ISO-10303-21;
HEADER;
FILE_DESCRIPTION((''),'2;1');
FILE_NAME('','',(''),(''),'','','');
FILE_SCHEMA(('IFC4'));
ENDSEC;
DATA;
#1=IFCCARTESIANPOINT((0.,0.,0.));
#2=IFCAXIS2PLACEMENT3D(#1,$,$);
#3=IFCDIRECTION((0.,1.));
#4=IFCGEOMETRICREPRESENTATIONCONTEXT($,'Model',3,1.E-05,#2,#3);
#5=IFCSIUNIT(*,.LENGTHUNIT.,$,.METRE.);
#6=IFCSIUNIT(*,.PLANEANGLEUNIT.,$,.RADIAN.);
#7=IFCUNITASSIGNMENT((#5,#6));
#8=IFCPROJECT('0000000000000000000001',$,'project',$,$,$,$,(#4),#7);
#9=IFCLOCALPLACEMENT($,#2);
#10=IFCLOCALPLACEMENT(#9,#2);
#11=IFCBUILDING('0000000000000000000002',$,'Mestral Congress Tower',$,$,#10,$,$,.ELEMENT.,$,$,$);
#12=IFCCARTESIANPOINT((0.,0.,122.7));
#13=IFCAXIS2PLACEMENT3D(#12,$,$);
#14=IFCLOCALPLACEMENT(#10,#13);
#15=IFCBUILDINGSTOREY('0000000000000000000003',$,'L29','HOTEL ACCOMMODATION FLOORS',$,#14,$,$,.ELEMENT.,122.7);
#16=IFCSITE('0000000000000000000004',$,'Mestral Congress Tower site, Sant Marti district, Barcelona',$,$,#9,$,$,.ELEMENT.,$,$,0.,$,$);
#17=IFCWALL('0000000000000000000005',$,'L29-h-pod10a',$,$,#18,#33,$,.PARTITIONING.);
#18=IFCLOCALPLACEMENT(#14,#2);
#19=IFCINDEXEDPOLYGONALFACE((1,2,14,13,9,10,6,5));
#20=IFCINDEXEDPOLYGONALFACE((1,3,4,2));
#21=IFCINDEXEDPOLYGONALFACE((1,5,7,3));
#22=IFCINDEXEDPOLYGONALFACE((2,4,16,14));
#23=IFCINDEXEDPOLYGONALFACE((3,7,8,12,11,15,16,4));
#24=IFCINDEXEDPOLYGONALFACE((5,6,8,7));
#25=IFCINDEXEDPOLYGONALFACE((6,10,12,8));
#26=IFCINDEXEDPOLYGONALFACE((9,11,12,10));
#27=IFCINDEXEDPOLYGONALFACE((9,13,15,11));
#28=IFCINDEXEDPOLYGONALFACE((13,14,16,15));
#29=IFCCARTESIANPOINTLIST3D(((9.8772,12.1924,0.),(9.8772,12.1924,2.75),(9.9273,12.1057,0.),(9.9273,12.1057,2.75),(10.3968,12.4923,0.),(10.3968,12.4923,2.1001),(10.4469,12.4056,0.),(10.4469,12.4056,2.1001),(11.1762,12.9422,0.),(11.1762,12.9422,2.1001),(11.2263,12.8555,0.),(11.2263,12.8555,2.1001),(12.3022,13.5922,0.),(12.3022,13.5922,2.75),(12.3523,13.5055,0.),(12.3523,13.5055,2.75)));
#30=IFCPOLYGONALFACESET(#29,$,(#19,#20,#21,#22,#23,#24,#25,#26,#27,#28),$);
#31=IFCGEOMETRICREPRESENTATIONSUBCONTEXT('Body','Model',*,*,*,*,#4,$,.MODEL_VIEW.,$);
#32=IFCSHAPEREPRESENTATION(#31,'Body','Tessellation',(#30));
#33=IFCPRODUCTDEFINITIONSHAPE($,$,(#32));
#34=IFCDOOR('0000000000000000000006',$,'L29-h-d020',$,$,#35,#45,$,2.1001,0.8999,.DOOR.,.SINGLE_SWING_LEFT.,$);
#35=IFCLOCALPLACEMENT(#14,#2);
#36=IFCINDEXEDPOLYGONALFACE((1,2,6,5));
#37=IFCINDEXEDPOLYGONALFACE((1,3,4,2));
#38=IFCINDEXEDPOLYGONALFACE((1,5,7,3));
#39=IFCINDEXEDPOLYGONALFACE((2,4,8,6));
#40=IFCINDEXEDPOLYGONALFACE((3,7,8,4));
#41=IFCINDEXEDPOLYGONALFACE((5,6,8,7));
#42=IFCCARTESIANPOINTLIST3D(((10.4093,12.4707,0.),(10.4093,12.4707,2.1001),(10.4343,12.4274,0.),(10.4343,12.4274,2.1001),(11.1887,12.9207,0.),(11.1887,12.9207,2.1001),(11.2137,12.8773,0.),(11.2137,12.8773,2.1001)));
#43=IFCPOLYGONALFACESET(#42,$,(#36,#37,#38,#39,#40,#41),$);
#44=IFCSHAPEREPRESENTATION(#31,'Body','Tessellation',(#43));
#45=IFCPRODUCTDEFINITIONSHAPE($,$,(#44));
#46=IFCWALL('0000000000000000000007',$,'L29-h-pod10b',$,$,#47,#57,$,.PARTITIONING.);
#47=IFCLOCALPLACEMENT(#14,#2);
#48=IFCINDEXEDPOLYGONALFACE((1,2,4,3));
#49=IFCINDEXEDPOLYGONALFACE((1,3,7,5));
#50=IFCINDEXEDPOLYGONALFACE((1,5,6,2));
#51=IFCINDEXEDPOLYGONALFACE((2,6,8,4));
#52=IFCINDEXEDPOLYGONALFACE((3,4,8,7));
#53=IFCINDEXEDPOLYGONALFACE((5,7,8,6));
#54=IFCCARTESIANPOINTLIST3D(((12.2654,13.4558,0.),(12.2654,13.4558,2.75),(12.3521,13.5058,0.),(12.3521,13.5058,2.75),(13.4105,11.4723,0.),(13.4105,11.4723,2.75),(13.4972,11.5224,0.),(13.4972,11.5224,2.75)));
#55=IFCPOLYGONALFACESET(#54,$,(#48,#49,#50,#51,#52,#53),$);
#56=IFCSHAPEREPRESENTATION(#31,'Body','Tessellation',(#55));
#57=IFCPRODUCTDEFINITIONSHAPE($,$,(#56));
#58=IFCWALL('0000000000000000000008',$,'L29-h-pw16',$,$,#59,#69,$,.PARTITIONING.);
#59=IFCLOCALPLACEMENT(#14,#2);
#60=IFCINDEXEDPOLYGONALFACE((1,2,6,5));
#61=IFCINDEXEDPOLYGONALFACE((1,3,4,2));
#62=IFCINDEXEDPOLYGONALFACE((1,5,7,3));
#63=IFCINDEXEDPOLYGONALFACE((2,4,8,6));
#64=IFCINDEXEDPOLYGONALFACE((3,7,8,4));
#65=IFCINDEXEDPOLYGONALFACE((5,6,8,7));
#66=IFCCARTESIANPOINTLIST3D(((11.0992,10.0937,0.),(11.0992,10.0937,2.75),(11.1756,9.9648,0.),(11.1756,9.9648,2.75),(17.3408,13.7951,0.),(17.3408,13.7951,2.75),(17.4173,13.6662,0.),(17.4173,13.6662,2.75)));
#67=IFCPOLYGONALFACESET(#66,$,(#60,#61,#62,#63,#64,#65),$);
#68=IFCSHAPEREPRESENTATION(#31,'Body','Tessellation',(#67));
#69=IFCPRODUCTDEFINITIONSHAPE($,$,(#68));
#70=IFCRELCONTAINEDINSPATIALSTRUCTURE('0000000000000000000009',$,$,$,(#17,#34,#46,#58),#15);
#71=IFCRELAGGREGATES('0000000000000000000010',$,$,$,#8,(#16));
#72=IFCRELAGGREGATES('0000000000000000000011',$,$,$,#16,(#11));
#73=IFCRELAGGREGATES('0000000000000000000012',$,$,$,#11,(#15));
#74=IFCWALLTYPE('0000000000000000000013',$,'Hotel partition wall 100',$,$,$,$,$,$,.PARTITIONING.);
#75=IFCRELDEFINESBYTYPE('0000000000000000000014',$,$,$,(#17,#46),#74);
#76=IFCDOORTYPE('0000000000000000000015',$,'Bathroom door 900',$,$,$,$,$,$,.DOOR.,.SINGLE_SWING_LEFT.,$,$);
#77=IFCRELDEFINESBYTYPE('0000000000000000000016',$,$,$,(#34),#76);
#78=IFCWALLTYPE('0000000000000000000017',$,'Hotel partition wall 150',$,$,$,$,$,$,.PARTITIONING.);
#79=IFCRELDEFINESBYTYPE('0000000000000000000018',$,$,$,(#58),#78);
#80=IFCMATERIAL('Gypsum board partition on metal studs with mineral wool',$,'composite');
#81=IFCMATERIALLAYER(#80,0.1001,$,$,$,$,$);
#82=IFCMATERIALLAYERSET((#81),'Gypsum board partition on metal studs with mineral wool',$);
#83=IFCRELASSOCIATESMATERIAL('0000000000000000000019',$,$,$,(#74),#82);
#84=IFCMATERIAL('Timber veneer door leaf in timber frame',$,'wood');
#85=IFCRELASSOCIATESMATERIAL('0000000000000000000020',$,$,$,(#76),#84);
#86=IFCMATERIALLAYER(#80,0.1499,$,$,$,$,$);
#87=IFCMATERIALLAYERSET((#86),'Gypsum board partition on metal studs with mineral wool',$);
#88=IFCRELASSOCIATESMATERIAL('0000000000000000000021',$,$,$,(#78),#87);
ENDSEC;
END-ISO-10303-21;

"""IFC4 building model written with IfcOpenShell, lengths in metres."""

from ifc_helpers import new_model, si_unit, direction, frame, frame_2d, origin, place, context, subcontext, project, spatial, rectangle, extrude, material, layer, layer_set, type_object, element, fill, save


model = new_model("IFC4")

# Units and contexts
model_context = context("Model", 3, precision=1e-05, world=origin(), true_north=direction((0.0, 1.0)))
body_context = subcontext(model_context, "Body", "Model", "MODEL_VIEW")
ifc_project = project(units=[si_unit("LENGTHUNIT", "METRE"), si_unit("PLANEANGLEUNIT", "RADIAN")], contexts=[model_context])

# Site, building, storey
site_placement = place(None, origin())
site = spatial("IfcSite", under=ifc_project, at=site_placement, Name="Mestral Congress Tower site, Sant Marti district, Barcelona", CompositionType="ELEMENT", RefElevation=0.0)
building_placement = place(site_placement, origin())
building = spatial("IfcBuilding", under=site, at=building_placement, Name="Mestral Congress Tower", CompositionType="ELEMENT")
storey_placement = place(building_placement, frame((0.0, 0.0, 122.7)))
storey = spatial("IfcBuildingStorey", under=building, at=storey_placement, Name="L29", Description="HOTEL ACCOMMODATION FLOORS", CompositionType="ELEMENT", Elevation=122.7)

# Shared definitions
ifc_material_1 = material(Name="Gypsum board partition on metal studs with mineral wool", Category="composite")
ifc_layer_1 = layer(ifc_material_1, 0.1001)
ifc_layer_set_1 = layer_set([ifc_layer_1], Name="Gypsum board partition on metal studs with mineral wool")
wall_type_1 = type_object("IfcWallType", Name="Hotel partition wall 100", PredefinedType="PARTITIONING", material=ifc_layer_set_1)

# Wall, opening, door
wall_1_placement = place(storey_placement, frame((12.3271, 13.5488, 0.0), z_axis=(0.0, 0.0, 1.0), x_axis=(-0.866056, -0.499946, 0.0)))
wall_1 = element("IfcWall", 1, at=wall_1_placement, inside=storey, type_object=wall_type_1, Name="L29-h-pod10a", PredefinedType="PARTITIONING", context=body_context, shape_type="SweptSolid", body=[
    extrude(rectangle(XDim=2.8, YDim=0.1001, at=frame_2d((1.3999, 0.0))), origin(), (0.0, 0.0, 1.0), 2.75),
])
opening_1_placement = place(wall_1_placement, frame((1.3, 0.0, 0.0)))
opening_1 = element("IfcOpeningElement", 2, at=opening_1_placement, cuts=wall_1, PredefinedType="OPENING", context=body_context, shape_type="SweptSolid", body=[
    extrude(rectangle(XDim=0.8999, YDim=2.1001, at=frame_2d((0.45, 1.05))), frame((0.0, 0.0601, 0.0), z_axis=(0.0, -1.0, 0.0), x_axis=(1.0, 0.0, 0.0)), (0.0, 0.0, 1.0), 0.1201),
])
ifc_material_2 = material(Name="Timber veneer door leaf in timber frame", Category="wood")
door_type = type_object("IfcDoorType", Name="Bathroom door 900", OperationType="SINGLE_SWING_LEFT", PredefinedType="DOOR", material=ifc_material_2)
door_placement = place(opening_1_placement, origin())
door = element("IfcDoor", 3, at=door_placement, inside=storey, type_object=door_type, Name="L29-h-d020", OperationType="SINGLE_SWING_LEFT", OverallHeight=2.1001, OverallWidth=0.8999, PredefinedType="DOOR", context=body_context, shape_type="SweptSolid", body=[
    extrude(rectangle(XDim=0.8999, YDim=2.1001, at=frame_2d((0.45, 1.05))), frame((0.0, 0.0249, 0.0), z_axis=(0.0, -1.0, 0.0), x_axis=(1.0, 0.0, 0.0)), (0.0, 0.0, 1.0), 0.05),
])
fill(opening_1, door)

# Walls
wall_2_placement = place(storey_placement, frame((12.3088, 13.4807, 0.0), z_axis=(0.0, 0.0, 1.0), x_axis=(0.499969, -0.866044, 0.0)))
element("IfcWall", 4, at=wall_2_placement, inside=storey, type_object=wall_type_1, Name="L29-h-pod10b", PredefinedType="PARTITIONING", context=body_context, shape_type="SweptSolid", body=[
    extrude(rectangle(XDim=2.2903, YDim=0.1001, at=frame_2d((1.145, 0.0))), origin(), (0.0, 0.0, 1.0), 2.75),
])
ifc_layer_2 = layer(ifc_material_1, 0.1499)
ifc_layer_set_2 = layer_set([ifc_layer_2], Name="Gypsum board partition on metal studs with mineral wool")
wall_type_2 = type_object("IfcWallType", Name="Hotel partition wall 150", PredefinedType="PARTITIONING", material=ifc_layer_set_2)
wall_3_placement = place(storey_placement, frame((17.3792, 13.7307, 0.0), z_axis=(0.0, 0.0, 1.0), x_axis=(-0.860132, -0.510071, 0.0)))
element("IfcWall", 5, at=wall_3_placement, inside=storey, type_object=wall_type_2, Name="L29-h-pw16", PredefinedType="PARTITIONING", context=body_context, shape_type="SweptSolid", body=[
    extrude(rectangle(XDim=7.2566, YDim=0.1499, at=frame_2d((3.6284, 0.0))), origin(), (0.0, 0.0, 1.0), 2.75),
])

save(model, "model.ifc")
